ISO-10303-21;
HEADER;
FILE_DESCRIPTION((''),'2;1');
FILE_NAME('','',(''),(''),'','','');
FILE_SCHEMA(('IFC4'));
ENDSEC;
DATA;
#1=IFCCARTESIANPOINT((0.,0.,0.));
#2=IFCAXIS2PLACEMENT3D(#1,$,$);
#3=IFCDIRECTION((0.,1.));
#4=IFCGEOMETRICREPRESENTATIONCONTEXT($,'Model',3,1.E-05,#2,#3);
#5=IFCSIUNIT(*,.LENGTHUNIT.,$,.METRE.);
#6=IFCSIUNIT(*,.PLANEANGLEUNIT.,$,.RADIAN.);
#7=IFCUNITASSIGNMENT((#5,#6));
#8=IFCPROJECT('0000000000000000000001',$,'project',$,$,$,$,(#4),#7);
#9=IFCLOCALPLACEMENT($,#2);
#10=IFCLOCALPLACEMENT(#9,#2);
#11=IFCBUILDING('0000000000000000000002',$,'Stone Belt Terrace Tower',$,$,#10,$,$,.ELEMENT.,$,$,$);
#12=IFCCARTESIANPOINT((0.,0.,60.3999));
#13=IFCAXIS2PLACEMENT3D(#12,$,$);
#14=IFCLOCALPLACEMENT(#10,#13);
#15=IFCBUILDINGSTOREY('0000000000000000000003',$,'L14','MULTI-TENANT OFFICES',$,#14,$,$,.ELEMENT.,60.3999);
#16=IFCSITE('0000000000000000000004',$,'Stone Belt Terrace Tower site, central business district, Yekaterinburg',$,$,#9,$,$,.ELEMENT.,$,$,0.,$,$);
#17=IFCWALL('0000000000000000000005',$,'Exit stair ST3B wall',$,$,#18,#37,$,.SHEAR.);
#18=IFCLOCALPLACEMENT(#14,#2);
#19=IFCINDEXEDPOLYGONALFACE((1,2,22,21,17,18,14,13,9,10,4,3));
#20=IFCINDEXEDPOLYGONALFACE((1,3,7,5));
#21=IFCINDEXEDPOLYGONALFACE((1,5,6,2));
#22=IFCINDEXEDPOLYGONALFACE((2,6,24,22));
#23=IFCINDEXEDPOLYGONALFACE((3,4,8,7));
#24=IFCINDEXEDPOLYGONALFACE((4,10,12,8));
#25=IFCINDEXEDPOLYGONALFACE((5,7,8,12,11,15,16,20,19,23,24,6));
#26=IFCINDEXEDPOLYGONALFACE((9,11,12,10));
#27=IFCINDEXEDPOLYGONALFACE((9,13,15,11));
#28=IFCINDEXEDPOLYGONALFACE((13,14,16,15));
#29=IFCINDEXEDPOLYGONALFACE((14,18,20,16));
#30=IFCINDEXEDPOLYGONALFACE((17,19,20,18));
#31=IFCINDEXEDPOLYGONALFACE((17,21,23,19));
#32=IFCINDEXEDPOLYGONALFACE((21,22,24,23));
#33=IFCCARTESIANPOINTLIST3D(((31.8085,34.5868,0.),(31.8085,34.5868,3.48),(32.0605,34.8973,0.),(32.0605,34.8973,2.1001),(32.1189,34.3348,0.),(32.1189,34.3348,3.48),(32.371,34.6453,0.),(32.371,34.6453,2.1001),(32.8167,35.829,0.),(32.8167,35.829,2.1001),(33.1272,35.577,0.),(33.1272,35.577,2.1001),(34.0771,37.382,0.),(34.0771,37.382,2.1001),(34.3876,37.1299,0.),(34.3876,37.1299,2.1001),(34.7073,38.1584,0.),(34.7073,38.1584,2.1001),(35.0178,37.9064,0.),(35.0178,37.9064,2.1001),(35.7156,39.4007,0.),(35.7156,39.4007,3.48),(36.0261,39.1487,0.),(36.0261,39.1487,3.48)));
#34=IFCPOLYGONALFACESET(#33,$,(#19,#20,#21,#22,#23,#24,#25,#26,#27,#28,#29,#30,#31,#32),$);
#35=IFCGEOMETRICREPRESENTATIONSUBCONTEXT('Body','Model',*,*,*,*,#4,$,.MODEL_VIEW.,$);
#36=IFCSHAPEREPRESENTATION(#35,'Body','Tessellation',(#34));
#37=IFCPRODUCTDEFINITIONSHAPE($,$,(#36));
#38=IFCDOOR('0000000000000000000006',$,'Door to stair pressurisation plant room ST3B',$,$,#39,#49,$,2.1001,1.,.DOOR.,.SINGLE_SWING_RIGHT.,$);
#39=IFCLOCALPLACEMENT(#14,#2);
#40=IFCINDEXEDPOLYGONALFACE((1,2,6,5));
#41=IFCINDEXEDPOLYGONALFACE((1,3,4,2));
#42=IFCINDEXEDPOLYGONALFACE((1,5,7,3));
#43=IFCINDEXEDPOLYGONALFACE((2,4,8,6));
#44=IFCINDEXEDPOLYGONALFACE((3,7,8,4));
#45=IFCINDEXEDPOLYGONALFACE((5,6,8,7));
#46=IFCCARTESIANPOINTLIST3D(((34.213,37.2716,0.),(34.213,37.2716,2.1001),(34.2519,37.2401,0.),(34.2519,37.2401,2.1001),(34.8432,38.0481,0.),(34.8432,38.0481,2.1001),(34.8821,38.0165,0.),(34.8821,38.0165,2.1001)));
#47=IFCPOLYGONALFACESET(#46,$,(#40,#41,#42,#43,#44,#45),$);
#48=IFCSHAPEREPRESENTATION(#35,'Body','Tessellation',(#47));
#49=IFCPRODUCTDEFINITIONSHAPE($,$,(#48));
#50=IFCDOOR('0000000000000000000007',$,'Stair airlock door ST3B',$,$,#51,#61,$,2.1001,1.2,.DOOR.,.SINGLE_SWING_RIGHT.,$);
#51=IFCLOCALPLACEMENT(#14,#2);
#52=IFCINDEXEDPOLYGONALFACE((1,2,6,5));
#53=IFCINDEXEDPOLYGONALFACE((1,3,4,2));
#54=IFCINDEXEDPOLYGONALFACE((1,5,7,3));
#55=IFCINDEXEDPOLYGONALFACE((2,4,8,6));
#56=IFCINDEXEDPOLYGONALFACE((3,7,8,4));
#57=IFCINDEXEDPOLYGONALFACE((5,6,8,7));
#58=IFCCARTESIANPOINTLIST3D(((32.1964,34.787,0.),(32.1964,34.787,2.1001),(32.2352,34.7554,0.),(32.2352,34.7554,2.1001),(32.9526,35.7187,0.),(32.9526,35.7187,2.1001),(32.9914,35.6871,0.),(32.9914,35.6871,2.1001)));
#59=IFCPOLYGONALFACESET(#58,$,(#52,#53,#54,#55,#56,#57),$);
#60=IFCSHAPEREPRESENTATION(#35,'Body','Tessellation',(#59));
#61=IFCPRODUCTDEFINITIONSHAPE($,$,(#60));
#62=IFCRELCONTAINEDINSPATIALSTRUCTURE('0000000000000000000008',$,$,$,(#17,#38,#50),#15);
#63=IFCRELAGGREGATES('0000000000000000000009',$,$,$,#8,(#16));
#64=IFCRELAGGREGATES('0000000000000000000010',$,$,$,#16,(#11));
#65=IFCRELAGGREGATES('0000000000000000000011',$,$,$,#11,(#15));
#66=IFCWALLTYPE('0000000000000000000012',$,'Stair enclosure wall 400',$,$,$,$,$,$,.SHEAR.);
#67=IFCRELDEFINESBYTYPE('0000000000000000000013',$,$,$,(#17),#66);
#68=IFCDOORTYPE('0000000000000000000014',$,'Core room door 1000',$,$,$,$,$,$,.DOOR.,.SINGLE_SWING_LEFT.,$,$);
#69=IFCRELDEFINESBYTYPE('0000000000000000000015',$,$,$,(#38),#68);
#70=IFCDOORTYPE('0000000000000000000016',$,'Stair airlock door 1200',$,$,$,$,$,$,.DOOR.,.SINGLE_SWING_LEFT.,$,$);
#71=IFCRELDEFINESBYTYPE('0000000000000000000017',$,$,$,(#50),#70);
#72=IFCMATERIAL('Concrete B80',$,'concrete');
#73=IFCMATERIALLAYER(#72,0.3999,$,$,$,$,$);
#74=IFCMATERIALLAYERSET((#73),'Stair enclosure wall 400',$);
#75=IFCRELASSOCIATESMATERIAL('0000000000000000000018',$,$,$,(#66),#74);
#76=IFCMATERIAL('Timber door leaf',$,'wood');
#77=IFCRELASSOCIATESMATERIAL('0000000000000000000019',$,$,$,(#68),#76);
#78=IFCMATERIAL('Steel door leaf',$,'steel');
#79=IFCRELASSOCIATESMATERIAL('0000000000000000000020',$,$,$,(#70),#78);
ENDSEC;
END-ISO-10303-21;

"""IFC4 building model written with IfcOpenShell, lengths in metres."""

from ifc_helpers import new_model, si_unit, direction, frame, frame_2d, origin, place, context, subcontext, project, spatial, rectangle, extrude, material, layer, layer_set, type_object, element, fill, save


model = new_model("IFC4")

# Units and contexts
model_context = context("Model", 3, precision=1e-05, world=origin(), true_north=direction((0.0, 1.0)))
body_context = subcontext(model_context, "Body", "Model", "MODEL_VIEW")
ifc_project = project(units=[si_unit("LENGTHUNIT", "METRE"), si_unit("PLANEANGLEUNIT", "RADIAN")], contexts=[model_context])

# Site, building, storey
site_placement = place(None, origin())
site = spatial("IfcSite", under=ifc_project, at=site_placement, Name="Stone Belt Terrace Tower site, central business district, Yekaterinburg", CompositionType="ELEMENT", RefElevation=0.0)
building_placement = place(site_placement, origin())
building = spatial("IfcBuilding", under=site, at=building_placement, Name="Stone Belt Terrace Tower", CompositionType="ELEMENT")
storey_placement = place(building_placement, frame((0.0, 0.0, 60.3999)))
storey = spatial("IfcBuildingStorey", under=building, at=storey_placement, Name="L14", Description="MULTI-TENANT OFFICES", CompositionType="ELEMENT", Elevation=60.3999)

# Shared definitions
ifc_material_1 = material(Name="Concrete B80", Category="concrete")

# Shared definitions
ifc_material_2 = material(Name="Timber door leaf", Category="wood")

# Shared definitions
ifc_layer_1 = layer(ifc_material_1, 0.3999)
ifc_layer_set_1 = layer_set([ifc_layer_1], Name="Stair enclosure wall 400")
wall_type_1 = type_object("IfcWallType", Name="Stair enclosure wall 400", PredefinedType="SHEAR", material=ifc_layer_set_1)

# Wall, openings, doors
wall_1_placement = place(storey_placement, frame((31.9636, 34.4607, 0.0), z_axis=(0.0, 0.0, 1.0), x_axis=(0.630192, 0.776439, 0.0)))
wall_1 = element("IfcWall", 1, at=wall_1_placement, inside=storey, type_object=wall_type_1, Name="Exit stair ST3B wall", PredefinedType="SHEAR", context=body_context, shape_type="SweptSolid", body=[
    extrude(rectangle(XDim=6.2, YDim=0.3999, at=frame_2d((3.1001, 0.0))), origin(), (0.0, 0.0, 1.0), 3.48),
])
opening_1_placement = place(wall_1_placement, frame((0.3999, 0.0, 0.0)))
opening_1 = element("IfcOpeningElement", 2, at=opening_1_placement, cuts=wall_1, PredefinedType="OPENING", context=body_context, shape_type="SweptSolid", body=[
    extrude(rectangle(XDim=1.2, YDim=2.1001, at=frame_2d((0.6001, 1.05))), frame((0.0, 0.21, 0.0), z_axis=(0.0, -1.0, 0.0), x_axis=(1.0, 0.0, 0.0)), (0.0, 0.0, 1.0), 0.4199),
])
opening_2_placement = place(wall_1_placement, frame((3.6001, 0.0, 0.0)))
opening_2 = element("IfcOpeningElement", 3, at=opening_2_placement, cuts=wall_1, PredefinedType="OPENING", context=body_context, shape_type="SweptSolid", body=[
    extrude(rectangle(XDim=1.0, YDim=2.1001, at=frame_2d((0.5, 1.05))), frame((0.0, 0.21, 0.0), z_axis=(0.0, -1.0, 0.0), x_axis=(1.0, 0.0, 0.0)), (0.0, 0.0, 1.0), 0.4199),
])
door_type_1 = type_object("IfcDoorType", Name="Core room door 1000", OperationType="SINGLE_SWING_LEFT", PredefinedType="DOOR", material=ifc_material_2)
door_1_placement = place(opening_2_placement, origin())
door_1 = element("IfcDoor", 4, at=door_1_placement, inside=storey, type_object=door_type_1, Name="Door to stair pressurisation plant room ST3B", OperationType="SINGLE_SWING_RIGHT", OverallHeight=2.1001, OverallWidth=1.0, PredefinedType="DOOR", context=body_context, shape_type="SweptSolid", body=[
    extrude(rectangle(XDim=1.0, YDim=2.1001, at=frame_2d((0.5, 1.05))), frame((0.0, 0.0249, 0.0), z_axis=(0.0, -1.0, 0.0), x_axis=(1.0, 0.0, 0.0)), (0.0, 0.0, 1.0), 0.05),
])
fill(opening_2, door_1)
ifc_material_3 = material(Name="Steel door leaf", Category="steel")
door_type_2 = type_object("IfcDoorType", Name="Stair airlock door 1200", OperationType="SINGLE_SWING_LEFT", PredefinedType="DOOR", material=ifc_material_3)
door_2_placement = place(opening_1_placement, origin())
door_2 = element("IfcDoor", 5, at=door_2_placement, inside=storey, type_object=door_type_2, Name="Stair airlock door ST3B", OperationType="SINGLE_SWING_RIGHT", OverallHeight=2.1001, OverallWidth=1.2, PredefinedType="DOOR", context=body_context, shape_type="SweptSolid", body=[
    extrude(rectangle(XDim=1.2, YDim=2.1001, at=frame_2d((0.6001, 1.05))), frame((0.0, 0.0249, 0.0), z_axis=(0.0, -1.0, 0.0), x_axis=(1.0, 0.0, 0.0)), (0.0, 0.0, 1.0), 0.05),
])
fill(opening_1, door_2)

save(model, "model.ifc")
